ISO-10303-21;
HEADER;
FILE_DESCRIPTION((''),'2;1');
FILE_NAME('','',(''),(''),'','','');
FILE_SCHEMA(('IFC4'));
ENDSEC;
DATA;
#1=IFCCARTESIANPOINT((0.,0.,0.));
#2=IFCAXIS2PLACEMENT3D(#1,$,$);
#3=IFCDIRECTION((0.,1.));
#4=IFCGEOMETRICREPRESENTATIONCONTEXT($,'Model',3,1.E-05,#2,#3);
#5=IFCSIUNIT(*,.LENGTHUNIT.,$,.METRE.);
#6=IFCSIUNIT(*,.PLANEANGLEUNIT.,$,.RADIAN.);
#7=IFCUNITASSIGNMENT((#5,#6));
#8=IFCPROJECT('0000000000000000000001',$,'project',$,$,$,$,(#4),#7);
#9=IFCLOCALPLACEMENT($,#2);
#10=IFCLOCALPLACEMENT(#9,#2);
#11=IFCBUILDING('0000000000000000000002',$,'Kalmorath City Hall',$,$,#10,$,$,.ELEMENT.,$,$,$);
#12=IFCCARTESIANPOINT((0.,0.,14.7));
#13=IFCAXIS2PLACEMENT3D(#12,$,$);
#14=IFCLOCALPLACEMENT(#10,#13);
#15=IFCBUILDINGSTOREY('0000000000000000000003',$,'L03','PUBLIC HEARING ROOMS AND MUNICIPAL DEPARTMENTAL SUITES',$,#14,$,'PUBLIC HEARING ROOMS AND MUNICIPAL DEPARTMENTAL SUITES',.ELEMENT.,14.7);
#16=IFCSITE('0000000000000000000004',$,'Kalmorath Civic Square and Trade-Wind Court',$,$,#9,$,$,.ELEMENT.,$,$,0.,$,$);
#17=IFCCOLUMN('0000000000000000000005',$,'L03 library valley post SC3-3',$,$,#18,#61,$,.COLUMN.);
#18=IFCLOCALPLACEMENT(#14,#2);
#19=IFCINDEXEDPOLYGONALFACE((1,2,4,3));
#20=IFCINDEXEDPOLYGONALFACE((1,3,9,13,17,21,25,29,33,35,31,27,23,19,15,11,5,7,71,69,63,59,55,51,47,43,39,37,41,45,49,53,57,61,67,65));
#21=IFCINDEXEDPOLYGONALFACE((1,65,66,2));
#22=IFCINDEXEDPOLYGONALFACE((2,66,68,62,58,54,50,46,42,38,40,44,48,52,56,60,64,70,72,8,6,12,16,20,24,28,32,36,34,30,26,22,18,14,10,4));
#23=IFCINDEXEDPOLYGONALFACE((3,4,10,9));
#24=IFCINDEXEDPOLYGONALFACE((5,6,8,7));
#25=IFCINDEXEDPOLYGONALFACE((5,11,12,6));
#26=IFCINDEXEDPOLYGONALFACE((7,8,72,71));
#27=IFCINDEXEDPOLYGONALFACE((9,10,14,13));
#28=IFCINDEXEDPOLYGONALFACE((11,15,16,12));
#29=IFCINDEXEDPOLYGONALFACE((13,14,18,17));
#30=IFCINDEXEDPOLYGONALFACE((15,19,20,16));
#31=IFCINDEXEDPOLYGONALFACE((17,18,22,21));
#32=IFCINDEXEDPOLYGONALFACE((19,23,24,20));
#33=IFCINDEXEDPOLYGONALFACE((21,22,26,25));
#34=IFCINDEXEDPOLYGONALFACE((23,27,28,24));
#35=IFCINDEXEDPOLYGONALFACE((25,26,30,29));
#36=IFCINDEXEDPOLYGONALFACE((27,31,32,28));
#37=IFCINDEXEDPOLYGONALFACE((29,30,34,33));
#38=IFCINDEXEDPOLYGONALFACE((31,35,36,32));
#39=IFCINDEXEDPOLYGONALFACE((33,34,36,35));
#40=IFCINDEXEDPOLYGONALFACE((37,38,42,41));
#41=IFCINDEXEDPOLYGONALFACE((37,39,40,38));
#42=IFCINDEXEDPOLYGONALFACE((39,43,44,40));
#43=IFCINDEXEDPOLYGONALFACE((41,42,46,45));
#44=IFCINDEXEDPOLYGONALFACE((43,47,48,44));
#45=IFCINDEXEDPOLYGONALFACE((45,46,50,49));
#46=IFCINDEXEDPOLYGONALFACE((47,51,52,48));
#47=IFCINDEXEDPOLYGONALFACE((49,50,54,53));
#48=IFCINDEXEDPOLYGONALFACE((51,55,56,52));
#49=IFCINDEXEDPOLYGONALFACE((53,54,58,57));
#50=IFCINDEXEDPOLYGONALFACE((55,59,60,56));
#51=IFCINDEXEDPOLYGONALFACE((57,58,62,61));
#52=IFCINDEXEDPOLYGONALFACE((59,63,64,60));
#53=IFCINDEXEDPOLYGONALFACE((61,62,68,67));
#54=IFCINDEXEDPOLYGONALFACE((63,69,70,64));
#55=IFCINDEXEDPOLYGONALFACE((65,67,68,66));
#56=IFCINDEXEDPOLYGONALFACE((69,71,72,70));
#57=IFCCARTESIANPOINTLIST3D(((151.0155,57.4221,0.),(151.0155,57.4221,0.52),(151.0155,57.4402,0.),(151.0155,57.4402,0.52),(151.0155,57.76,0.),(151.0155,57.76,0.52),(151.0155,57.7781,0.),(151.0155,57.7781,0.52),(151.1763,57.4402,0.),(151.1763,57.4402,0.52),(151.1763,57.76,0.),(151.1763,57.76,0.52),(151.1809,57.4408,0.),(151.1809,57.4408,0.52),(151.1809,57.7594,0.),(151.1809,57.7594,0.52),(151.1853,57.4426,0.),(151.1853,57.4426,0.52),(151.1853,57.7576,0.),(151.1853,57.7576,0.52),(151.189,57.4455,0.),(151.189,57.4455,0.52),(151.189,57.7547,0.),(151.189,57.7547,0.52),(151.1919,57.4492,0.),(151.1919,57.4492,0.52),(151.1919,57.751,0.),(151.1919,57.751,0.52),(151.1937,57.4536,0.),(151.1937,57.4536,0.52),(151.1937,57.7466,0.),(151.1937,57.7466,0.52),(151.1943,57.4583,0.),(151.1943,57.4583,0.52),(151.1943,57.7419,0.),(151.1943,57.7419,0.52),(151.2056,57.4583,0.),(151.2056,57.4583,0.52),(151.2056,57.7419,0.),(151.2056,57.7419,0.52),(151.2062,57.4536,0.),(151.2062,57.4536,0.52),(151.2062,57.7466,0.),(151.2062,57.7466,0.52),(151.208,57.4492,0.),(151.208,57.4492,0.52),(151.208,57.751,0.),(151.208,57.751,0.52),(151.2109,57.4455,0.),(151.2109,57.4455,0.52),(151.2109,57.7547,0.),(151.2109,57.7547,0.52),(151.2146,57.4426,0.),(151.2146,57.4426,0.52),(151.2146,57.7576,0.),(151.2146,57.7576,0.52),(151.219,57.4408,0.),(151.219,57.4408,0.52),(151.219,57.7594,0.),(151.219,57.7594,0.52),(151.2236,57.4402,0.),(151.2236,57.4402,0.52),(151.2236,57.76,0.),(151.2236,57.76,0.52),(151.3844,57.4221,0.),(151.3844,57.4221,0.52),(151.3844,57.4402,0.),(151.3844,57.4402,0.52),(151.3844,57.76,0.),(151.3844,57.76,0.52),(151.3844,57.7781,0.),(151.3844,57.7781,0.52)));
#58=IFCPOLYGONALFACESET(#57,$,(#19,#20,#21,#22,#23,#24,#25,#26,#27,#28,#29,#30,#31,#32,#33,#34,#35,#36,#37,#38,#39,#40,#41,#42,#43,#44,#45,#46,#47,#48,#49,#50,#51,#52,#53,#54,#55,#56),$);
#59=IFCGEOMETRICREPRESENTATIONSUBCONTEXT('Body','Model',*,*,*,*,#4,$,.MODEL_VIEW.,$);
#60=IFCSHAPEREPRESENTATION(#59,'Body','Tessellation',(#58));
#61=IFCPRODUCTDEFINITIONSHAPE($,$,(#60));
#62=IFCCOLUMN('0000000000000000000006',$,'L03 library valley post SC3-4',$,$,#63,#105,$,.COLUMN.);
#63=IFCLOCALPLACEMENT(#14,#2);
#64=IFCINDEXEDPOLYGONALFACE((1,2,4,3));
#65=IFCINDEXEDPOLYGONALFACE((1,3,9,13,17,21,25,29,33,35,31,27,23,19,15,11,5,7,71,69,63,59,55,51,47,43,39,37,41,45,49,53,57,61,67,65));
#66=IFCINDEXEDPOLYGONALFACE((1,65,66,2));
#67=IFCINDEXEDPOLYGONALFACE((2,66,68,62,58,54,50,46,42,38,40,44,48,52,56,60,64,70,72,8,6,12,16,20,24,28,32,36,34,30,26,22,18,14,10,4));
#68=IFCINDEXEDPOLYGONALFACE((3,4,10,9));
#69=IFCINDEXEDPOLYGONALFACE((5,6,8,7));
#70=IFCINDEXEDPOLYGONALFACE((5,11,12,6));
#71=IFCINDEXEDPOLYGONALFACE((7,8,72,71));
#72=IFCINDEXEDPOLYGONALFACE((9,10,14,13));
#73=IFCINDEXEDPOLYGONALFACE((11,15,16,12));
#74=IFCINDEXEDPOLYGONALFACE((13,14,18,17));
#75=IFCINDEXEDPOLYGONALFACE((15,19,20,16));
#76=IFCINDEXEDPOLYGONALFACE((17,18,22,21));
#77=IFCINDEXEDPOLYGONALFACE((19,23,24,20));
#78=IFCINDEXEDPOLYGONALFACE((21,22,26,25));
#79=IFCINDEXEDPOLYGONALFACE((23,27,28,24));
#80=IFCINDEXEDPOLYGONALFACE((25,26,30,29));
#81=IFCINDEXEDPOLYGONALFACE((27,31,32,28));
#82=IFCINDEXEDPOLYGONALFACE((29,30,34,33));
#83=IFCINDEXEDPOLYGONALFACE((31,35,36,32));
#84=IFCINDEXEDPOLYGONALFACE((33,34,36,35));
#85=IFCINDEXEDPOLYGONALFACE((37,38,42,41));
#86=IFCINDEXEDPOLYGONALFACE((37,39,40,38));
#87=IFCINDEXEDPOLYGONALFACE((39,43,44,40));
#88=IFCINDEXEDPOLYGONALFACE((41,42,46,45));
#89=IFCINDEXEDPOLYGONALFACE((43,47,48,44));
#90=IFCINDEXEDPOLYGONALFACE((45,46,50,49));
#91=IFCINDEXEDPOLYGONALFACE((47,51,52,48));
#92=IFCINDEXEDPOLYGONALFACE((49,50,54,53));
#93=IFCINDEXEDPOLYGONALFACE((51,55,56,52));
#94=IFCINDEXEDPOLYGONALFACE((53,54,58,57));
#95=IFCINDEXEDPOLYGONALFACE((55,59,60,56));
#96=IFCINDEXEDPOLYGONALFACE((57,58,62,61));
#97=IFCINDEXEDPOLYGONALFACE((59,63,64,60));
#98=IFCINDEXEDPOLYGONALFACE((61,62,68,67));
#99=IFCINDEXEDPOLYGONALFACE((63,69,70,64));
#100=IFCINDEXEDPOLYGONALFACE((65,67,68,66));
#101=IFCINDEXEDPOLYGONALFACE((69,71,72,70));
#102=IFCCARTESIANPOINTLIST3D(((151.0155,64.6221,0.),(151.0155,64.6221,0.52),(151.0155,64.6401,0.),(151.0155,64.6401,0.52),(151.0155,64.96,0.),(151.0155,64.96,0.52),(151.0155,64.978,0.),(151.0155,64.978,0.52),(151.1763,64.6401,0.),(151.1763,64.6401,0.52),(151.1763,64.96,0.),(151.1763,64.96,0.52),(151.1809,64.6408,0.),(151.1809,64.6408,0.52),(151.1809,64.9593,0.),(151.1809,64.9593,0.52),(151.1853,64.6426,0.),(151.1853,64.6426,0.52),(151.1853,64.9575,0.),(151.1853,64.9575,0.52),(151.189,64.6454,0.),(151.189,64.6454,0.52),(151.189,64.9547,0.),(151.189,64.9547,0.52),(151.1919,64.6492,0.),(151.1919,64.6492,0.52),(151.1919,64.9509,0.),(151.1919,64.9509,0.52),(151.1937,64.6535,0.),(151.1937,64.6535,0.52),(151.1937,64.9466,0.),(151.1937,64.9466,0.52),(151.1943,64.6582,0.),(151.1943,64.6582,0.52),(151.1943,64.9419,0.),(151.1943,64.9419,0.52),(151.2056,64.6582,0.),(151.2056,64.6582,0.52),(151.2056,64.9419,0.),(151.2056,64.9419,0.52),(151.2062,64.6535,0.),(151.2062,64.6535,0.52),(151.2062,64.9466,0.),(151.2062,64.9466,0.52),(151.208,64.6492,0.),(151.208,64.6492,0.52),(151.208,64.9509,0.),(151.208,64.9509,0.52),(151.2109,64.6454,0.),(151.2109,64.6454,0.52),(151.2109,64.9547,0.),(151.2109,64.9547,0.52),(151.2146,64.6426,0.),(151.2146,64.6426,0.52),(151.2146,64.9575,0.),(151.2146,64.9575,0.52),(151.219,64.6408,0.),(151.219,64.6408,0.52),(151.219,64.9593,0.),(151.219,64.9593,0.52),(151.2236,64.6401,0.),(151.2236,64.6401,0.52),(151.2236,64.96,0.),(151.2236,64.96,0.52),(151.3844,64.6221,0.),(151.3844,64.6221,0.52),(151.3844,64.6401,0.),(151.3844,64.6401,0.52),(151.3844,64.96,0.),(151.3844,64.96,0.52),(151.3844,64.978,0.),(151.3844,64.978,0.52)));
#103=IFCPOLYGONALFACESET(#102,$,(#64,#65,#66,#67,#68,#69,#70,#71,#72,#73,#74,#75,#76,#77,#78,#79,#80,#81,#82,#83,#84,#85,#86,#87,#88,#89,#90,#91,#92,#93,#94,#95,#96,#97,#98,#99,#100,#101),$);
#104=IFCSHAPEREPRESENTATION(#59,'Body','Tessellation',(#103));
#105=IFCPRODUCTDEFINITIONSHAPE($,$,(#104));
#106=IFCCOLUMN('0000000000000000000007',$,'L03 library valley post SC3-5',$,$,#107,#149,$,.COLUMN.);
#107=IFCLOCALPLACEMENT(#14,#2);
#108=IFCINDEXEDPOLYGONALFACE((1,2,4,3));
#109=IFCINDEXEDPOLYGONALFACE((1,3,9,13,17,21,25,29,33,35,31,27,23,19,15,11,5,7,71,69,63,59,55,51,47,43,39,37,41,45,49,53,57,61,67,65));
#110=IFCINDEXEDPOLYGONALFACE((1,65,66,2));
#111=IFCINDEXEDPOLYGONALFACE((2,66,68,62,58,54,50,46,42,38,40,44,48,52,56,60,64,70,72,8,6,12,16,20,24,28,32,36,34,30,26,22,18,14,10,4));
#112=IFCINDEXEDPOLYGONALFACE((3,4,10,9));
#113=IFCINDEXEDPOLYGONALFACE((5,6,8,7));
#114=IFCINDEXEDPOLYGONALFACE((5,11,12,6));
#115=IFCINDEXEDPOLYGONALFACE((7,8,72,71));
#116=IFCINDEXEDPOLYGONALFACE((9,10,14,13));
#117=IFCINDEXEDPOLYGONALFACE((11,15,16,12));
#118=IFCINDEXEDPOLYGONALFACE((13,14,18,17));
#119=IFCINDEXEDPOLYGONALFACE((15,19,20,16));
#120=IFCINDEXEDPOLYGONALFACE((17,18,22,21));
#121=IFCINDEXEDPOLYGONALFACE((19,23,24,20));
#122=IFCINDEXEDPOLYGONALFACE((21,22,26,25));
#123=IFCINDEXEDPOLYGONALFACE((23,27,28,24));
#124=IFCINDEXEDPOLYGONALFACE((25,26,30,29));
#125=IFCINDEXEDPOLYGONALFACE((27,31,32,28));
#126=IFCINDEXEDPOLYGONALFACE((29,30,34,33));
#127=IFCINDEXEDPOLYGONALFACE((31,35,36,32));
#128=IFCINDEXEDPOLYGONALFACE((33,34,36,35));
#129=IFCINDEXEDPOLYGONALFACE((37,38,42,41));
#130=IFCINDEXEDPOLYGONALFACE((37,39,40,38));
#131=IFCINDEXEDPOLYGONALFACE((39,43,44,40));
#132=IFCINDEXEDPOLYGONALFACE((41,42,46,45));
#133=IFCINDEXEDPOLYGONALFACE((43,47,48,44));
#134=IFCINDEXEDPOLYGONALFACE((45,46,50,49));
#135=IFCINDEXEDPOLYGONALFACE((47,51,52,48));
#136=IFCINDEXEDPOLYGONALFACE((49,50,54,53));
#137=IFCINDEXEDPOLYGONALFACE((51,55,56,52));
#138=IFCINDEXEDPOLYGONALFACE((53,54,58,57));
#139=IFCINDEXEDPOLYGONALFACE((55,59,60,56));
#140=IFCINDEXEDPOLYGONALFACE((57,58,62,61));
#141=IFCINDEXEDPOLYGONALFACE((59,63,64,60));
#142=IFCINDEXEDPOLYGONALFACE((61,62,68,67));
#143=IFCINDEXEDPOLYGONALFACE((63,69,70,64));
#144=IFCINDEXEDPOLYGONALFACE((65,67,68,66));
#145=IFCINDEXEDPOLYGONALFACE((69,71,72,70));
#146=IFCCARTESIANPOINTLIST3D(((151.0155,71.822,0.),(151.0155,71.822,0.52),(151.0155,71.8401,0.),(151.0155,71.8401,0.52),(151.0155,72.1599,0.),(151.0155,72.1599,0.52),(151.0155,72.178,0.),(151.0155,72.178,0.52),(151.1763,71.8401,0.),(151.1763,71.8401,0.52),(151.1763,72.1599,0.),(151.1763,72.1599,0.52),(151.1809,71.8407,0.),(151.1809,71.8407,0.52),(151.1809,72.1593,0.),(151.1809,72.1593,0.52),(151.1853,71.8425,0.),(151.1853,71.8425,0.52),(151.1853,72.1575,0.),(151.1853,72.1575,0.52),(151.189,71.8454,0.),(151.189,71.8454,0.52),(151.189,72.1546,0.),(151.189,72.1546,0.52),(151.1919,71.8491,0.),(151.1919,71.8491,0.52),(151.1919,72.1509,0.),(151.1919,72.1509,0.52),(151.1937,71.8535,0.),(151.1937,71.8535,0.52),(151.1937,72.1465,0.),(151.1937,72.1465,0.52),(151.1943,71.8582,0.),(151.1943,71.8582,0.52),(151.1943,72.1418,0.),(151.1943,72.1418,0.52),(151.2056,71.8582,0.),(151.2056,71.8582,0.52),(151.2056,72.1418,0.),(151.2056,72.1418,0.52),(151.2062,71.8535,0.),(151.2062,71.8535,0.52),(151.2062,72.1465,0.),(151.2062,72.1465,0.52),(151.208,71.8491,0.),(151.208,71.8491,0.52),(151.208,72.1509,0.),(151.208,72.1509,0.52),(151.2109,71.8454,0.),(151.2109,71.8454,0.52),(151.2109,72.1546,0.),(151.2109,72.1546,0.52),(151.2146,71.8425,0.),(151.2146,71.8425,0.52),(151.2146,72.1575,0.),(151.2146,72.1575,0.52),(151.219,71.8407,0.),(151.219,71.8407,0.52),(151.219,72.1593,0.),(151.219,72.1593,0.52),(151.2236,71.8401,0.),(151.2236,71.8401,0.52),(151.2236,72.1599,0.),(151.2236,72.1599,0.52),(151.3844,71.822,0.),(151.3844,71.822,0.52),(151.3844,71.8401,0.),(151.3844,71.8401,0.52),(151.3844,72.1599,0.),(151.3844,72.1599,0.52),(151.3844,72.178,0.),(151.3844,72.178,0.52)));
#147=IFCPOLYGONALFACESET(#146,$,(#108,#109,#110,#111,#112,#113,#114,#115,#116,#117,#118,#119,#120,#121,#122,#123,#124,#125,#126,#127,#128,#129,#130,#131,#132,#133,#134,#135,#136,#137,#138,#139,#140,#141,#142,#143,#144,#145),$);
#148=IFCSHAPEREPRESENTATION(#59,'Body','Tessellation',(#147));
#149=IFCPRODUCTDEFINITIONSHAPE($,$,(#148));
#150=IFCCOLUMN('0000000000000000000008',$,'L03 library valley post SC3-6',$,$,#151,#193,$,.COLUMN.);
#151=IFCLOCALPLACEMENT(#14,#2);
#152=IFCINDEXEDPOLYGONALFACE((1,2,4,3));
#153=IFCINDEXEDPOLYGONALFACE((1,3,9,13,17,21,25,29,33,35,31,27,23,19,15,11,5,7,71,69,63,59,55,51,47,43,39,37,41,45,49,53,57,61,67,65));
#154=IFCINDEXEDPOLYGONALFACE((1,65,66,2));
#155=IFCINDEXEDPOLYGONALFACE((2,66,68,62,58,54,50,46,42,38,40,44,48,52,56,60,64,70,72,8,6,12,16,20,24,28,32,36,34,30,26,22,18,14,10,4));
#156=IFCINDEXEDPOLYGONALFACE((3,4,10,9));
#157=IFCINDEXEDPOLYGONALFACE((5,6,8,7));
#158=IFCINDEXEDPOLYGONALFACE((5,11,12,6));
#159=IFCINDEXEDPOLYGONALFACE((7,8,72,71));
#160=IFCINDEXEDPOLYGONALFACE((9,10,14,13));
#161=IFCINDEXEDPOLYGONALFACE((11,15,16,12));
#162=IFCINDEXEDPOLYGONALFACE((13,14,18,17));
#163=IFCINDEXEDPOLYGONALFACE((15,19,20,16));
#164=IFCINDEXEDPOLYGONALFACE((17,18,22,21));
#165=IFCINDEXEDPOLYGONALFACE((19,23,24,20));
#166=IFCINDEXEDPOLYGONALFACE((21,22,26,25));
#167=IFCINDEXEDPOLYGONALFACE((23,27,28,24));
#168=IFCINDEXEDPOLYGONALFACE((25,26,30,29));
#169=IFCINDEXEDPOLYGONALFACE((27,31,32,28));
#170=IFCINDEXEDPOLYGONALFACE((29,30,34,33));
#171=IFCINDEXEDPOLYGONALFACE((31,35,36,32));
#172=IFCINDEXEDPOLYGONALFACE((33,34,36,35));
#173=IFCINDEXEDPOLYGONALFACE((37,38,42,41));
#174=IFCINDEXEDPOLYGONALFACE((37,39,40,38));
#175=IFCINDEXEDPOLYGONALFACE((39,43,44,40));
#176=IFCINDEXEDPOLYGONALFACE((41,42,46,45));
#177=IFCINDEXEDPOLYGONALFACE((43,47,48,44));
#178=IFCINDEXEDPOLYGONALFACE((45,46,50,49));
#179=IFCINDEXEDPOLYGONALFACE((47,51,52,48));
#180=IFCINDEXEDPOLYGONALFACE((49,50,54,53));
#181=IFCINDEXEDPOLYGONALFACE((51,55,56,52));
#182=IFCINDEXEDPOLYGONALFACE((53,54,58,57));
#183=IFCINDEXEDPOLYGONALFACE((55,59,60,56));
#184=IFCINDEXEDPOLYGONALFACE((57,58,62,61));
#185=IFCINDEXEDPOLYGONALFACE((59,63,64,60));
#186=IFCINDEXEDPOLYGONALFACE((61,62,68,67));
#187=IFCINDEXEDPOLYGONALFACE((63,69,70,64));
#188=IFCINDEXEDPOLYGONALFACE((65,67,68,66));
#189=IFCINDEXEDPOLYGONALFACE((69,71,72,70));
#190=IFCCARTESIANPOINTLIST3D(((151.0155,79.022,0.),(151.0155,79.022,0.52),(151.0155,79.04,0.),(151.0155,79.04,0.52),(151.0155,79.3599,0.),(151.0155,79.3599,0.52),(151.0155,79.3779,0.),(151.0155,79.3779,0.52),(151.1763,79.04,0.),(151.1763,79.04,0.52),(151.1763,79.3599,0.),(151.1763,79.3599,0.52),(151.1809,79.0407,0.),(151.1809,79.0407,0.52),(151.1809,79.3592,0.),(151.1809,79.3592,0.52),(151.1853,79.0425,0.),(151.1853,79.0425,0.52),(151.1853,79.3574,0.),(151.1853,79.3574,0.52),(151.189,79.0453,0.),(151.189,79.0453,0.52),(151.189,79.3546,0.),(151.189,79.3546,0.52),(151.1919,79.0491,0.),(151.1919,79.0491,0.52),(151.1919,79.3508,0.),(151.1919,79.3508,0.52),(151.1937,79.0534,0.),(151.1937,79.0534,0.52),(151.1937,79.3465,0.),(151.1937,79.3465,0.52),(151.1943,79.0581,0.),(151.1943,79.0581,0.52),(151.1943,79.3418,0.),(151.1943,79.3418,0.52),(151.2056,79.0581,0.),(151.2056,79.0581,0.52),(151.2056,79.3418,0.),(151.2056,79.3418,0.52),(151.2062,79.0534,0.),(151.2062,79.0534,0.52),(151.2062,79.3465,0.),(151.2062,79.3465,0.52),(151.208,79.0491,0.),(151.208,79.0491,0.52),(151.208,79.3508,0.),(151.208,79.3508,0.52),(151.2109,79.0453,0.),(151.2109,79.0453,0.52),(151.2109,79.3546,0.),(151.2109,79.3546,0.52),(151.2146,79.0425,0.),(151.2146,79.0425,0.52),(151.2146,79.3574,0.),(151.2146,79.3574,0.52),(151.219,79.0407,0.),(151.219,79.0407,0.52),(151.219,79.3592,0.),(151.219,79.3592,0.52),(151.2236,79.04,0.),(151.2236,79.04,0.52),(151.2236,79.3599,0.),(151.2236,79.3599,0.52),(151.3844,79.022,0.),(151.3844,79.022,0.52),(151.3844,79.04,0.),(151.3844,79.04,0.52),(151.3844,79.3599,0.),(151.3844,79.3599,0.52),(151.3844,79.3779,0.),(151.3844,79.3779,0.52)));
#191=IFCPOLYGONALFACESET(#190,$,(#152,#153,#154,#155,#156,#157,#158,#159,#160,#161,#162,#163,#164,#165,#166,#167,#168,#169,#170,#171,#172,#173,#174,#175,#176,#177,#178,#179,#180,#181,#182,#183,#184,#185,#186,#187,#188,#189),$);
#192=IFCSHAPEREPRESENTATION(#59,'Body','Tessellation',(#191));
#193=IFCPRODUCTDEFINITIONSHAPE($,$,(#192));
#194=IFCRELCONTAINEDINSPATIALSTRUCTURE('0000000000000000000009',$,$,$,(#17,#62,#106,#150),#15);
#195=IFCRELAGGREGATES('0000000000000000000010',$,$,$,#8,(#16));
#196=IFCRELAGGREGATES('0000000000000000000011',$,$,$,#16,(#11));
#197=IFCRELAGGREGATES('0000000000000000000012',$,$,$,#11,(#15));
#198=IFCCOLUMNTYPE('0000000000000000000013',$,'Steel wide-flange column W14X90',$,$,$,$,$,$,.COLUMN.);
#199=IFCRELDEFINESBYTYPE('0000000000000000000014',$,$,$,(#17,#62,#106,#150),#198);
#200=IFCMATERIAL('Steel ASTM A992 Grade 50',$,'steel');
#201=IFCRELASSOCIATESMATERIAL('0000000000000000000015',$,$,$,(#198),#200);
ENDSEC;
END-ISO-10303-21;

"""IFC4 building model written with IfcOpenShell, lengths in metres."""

from ifc_helpers import new_model, si_unit, direction, frame, origin, origin_2d, place, context, subcontext, project, spatial, i_section, extrude, material, material_profile, profile_set, type_object, element, save


model = new_model("IFC4")

# Units and contexts
model_context = context("Model", 3, precision=1e-05, world=origin(), true_north=direction((0.0, 1.0)))
body_context = subcontext(model_context, "Body", "Model", "MODEL_VIEW")
ifc_project = project(units=[si_unit("LENGTHUNIT", "METRE"), si_unit("PLANEANGLEUNIT", "RADIAN")], contexts=[model_context])

# Site, building, storey
site_placement = place(None, origin())
site = spatial("IfcSite", under=ifc_project, at=site_placement, Name="Kalmorath Civic Square and Trade-Wind Court", CompositionType="ELEMENT", RefElevation=0.0)
building_placement = place(site_placement, origin())
building = spatial("IfcBuilding", under=site, at=building_placement, Name="Kalmorath City Hall", CompositionType="ELEMENT")
storey_placement = place(building_placement, frame((0.0, 0.0, 14.7)))
storey = spatial("IfcBuildingStorey", under=building, at=storey_placement, Name="L03", Description="PUBLIC HEARING ROOMS AND MUNICIPAL DEPARTMENTAL SUITES", LongName="PUBLIC HEARING ROOMS AND MUNICIPAL DEPARTMENTAL SUITES", CompositionType="ELEMENT", Elevation=14.7)

# Columns
ifc_material_1 = material(Name="Steel ASTM A992 Grade 50", Category="steel")
ifc_material_profile_1 = material_profile(ifc_material_1, i_section(OverallWidth=0.3689, OverallDepth=0.356, WebThickness=0.0112, FlangeThickness=0.0181, FilletRadius=0.0181, at=origin_2d()), Name="W14X90")
ifc_profile_set_1 = profile_set([ifc_material_profile_1], Name="Steel ASTM A992 Grade 50")
column_type = type_object("IfcColumnType", Name="Steel wide-flange column W14X90", PredefinedType="COLUMN", material=ifc_profile_set_1)
for number, where, z_axis, x_axis, name in (
    (1, (151.2, 57.6001, 0.0), (0.0, 0.0, 1.0), (1.0, 0.0, 0.0), "L03 library valley post SC3-3"),
    (2, (151.2, 64.8, 0.0), (0.0, 0.0, 1.0), (1.0, 0.0, 0.0), "L03 library valley post SC3-4"),
    (3, (151.2, 72.0, 0.0), (0.0, 0.0, 1.0), (1.0, 0.0, 0.0), "L03 library valley post SC3-5"),
    (4, (151.2, 79.2, 0.0), (0.0, 0.0, 1.0), (1.0, 0.0, 0.0), "L03 library valley post SC3-6"),
):
    element("IfcColumn", number, at=place(storey_placement, frame(where, z_axis=z_axis, x_axis=x_axis)), inside=storey, type_object=column_type, Name=name, PredefinedType="COLUMN", context=body_context, shape_type="SweptSolid", body=[
        extrude(i_section(OverallWidth=0.3689, OverallDepth=0.356, WebThickness=0.0112, FlangeThickness=0.0181, FilletRadius=0.0181, at=origin_2d()), origin(), (0.0, 0.0, 1.0), 0.52),
    ])

save(model, "model.ifc")
